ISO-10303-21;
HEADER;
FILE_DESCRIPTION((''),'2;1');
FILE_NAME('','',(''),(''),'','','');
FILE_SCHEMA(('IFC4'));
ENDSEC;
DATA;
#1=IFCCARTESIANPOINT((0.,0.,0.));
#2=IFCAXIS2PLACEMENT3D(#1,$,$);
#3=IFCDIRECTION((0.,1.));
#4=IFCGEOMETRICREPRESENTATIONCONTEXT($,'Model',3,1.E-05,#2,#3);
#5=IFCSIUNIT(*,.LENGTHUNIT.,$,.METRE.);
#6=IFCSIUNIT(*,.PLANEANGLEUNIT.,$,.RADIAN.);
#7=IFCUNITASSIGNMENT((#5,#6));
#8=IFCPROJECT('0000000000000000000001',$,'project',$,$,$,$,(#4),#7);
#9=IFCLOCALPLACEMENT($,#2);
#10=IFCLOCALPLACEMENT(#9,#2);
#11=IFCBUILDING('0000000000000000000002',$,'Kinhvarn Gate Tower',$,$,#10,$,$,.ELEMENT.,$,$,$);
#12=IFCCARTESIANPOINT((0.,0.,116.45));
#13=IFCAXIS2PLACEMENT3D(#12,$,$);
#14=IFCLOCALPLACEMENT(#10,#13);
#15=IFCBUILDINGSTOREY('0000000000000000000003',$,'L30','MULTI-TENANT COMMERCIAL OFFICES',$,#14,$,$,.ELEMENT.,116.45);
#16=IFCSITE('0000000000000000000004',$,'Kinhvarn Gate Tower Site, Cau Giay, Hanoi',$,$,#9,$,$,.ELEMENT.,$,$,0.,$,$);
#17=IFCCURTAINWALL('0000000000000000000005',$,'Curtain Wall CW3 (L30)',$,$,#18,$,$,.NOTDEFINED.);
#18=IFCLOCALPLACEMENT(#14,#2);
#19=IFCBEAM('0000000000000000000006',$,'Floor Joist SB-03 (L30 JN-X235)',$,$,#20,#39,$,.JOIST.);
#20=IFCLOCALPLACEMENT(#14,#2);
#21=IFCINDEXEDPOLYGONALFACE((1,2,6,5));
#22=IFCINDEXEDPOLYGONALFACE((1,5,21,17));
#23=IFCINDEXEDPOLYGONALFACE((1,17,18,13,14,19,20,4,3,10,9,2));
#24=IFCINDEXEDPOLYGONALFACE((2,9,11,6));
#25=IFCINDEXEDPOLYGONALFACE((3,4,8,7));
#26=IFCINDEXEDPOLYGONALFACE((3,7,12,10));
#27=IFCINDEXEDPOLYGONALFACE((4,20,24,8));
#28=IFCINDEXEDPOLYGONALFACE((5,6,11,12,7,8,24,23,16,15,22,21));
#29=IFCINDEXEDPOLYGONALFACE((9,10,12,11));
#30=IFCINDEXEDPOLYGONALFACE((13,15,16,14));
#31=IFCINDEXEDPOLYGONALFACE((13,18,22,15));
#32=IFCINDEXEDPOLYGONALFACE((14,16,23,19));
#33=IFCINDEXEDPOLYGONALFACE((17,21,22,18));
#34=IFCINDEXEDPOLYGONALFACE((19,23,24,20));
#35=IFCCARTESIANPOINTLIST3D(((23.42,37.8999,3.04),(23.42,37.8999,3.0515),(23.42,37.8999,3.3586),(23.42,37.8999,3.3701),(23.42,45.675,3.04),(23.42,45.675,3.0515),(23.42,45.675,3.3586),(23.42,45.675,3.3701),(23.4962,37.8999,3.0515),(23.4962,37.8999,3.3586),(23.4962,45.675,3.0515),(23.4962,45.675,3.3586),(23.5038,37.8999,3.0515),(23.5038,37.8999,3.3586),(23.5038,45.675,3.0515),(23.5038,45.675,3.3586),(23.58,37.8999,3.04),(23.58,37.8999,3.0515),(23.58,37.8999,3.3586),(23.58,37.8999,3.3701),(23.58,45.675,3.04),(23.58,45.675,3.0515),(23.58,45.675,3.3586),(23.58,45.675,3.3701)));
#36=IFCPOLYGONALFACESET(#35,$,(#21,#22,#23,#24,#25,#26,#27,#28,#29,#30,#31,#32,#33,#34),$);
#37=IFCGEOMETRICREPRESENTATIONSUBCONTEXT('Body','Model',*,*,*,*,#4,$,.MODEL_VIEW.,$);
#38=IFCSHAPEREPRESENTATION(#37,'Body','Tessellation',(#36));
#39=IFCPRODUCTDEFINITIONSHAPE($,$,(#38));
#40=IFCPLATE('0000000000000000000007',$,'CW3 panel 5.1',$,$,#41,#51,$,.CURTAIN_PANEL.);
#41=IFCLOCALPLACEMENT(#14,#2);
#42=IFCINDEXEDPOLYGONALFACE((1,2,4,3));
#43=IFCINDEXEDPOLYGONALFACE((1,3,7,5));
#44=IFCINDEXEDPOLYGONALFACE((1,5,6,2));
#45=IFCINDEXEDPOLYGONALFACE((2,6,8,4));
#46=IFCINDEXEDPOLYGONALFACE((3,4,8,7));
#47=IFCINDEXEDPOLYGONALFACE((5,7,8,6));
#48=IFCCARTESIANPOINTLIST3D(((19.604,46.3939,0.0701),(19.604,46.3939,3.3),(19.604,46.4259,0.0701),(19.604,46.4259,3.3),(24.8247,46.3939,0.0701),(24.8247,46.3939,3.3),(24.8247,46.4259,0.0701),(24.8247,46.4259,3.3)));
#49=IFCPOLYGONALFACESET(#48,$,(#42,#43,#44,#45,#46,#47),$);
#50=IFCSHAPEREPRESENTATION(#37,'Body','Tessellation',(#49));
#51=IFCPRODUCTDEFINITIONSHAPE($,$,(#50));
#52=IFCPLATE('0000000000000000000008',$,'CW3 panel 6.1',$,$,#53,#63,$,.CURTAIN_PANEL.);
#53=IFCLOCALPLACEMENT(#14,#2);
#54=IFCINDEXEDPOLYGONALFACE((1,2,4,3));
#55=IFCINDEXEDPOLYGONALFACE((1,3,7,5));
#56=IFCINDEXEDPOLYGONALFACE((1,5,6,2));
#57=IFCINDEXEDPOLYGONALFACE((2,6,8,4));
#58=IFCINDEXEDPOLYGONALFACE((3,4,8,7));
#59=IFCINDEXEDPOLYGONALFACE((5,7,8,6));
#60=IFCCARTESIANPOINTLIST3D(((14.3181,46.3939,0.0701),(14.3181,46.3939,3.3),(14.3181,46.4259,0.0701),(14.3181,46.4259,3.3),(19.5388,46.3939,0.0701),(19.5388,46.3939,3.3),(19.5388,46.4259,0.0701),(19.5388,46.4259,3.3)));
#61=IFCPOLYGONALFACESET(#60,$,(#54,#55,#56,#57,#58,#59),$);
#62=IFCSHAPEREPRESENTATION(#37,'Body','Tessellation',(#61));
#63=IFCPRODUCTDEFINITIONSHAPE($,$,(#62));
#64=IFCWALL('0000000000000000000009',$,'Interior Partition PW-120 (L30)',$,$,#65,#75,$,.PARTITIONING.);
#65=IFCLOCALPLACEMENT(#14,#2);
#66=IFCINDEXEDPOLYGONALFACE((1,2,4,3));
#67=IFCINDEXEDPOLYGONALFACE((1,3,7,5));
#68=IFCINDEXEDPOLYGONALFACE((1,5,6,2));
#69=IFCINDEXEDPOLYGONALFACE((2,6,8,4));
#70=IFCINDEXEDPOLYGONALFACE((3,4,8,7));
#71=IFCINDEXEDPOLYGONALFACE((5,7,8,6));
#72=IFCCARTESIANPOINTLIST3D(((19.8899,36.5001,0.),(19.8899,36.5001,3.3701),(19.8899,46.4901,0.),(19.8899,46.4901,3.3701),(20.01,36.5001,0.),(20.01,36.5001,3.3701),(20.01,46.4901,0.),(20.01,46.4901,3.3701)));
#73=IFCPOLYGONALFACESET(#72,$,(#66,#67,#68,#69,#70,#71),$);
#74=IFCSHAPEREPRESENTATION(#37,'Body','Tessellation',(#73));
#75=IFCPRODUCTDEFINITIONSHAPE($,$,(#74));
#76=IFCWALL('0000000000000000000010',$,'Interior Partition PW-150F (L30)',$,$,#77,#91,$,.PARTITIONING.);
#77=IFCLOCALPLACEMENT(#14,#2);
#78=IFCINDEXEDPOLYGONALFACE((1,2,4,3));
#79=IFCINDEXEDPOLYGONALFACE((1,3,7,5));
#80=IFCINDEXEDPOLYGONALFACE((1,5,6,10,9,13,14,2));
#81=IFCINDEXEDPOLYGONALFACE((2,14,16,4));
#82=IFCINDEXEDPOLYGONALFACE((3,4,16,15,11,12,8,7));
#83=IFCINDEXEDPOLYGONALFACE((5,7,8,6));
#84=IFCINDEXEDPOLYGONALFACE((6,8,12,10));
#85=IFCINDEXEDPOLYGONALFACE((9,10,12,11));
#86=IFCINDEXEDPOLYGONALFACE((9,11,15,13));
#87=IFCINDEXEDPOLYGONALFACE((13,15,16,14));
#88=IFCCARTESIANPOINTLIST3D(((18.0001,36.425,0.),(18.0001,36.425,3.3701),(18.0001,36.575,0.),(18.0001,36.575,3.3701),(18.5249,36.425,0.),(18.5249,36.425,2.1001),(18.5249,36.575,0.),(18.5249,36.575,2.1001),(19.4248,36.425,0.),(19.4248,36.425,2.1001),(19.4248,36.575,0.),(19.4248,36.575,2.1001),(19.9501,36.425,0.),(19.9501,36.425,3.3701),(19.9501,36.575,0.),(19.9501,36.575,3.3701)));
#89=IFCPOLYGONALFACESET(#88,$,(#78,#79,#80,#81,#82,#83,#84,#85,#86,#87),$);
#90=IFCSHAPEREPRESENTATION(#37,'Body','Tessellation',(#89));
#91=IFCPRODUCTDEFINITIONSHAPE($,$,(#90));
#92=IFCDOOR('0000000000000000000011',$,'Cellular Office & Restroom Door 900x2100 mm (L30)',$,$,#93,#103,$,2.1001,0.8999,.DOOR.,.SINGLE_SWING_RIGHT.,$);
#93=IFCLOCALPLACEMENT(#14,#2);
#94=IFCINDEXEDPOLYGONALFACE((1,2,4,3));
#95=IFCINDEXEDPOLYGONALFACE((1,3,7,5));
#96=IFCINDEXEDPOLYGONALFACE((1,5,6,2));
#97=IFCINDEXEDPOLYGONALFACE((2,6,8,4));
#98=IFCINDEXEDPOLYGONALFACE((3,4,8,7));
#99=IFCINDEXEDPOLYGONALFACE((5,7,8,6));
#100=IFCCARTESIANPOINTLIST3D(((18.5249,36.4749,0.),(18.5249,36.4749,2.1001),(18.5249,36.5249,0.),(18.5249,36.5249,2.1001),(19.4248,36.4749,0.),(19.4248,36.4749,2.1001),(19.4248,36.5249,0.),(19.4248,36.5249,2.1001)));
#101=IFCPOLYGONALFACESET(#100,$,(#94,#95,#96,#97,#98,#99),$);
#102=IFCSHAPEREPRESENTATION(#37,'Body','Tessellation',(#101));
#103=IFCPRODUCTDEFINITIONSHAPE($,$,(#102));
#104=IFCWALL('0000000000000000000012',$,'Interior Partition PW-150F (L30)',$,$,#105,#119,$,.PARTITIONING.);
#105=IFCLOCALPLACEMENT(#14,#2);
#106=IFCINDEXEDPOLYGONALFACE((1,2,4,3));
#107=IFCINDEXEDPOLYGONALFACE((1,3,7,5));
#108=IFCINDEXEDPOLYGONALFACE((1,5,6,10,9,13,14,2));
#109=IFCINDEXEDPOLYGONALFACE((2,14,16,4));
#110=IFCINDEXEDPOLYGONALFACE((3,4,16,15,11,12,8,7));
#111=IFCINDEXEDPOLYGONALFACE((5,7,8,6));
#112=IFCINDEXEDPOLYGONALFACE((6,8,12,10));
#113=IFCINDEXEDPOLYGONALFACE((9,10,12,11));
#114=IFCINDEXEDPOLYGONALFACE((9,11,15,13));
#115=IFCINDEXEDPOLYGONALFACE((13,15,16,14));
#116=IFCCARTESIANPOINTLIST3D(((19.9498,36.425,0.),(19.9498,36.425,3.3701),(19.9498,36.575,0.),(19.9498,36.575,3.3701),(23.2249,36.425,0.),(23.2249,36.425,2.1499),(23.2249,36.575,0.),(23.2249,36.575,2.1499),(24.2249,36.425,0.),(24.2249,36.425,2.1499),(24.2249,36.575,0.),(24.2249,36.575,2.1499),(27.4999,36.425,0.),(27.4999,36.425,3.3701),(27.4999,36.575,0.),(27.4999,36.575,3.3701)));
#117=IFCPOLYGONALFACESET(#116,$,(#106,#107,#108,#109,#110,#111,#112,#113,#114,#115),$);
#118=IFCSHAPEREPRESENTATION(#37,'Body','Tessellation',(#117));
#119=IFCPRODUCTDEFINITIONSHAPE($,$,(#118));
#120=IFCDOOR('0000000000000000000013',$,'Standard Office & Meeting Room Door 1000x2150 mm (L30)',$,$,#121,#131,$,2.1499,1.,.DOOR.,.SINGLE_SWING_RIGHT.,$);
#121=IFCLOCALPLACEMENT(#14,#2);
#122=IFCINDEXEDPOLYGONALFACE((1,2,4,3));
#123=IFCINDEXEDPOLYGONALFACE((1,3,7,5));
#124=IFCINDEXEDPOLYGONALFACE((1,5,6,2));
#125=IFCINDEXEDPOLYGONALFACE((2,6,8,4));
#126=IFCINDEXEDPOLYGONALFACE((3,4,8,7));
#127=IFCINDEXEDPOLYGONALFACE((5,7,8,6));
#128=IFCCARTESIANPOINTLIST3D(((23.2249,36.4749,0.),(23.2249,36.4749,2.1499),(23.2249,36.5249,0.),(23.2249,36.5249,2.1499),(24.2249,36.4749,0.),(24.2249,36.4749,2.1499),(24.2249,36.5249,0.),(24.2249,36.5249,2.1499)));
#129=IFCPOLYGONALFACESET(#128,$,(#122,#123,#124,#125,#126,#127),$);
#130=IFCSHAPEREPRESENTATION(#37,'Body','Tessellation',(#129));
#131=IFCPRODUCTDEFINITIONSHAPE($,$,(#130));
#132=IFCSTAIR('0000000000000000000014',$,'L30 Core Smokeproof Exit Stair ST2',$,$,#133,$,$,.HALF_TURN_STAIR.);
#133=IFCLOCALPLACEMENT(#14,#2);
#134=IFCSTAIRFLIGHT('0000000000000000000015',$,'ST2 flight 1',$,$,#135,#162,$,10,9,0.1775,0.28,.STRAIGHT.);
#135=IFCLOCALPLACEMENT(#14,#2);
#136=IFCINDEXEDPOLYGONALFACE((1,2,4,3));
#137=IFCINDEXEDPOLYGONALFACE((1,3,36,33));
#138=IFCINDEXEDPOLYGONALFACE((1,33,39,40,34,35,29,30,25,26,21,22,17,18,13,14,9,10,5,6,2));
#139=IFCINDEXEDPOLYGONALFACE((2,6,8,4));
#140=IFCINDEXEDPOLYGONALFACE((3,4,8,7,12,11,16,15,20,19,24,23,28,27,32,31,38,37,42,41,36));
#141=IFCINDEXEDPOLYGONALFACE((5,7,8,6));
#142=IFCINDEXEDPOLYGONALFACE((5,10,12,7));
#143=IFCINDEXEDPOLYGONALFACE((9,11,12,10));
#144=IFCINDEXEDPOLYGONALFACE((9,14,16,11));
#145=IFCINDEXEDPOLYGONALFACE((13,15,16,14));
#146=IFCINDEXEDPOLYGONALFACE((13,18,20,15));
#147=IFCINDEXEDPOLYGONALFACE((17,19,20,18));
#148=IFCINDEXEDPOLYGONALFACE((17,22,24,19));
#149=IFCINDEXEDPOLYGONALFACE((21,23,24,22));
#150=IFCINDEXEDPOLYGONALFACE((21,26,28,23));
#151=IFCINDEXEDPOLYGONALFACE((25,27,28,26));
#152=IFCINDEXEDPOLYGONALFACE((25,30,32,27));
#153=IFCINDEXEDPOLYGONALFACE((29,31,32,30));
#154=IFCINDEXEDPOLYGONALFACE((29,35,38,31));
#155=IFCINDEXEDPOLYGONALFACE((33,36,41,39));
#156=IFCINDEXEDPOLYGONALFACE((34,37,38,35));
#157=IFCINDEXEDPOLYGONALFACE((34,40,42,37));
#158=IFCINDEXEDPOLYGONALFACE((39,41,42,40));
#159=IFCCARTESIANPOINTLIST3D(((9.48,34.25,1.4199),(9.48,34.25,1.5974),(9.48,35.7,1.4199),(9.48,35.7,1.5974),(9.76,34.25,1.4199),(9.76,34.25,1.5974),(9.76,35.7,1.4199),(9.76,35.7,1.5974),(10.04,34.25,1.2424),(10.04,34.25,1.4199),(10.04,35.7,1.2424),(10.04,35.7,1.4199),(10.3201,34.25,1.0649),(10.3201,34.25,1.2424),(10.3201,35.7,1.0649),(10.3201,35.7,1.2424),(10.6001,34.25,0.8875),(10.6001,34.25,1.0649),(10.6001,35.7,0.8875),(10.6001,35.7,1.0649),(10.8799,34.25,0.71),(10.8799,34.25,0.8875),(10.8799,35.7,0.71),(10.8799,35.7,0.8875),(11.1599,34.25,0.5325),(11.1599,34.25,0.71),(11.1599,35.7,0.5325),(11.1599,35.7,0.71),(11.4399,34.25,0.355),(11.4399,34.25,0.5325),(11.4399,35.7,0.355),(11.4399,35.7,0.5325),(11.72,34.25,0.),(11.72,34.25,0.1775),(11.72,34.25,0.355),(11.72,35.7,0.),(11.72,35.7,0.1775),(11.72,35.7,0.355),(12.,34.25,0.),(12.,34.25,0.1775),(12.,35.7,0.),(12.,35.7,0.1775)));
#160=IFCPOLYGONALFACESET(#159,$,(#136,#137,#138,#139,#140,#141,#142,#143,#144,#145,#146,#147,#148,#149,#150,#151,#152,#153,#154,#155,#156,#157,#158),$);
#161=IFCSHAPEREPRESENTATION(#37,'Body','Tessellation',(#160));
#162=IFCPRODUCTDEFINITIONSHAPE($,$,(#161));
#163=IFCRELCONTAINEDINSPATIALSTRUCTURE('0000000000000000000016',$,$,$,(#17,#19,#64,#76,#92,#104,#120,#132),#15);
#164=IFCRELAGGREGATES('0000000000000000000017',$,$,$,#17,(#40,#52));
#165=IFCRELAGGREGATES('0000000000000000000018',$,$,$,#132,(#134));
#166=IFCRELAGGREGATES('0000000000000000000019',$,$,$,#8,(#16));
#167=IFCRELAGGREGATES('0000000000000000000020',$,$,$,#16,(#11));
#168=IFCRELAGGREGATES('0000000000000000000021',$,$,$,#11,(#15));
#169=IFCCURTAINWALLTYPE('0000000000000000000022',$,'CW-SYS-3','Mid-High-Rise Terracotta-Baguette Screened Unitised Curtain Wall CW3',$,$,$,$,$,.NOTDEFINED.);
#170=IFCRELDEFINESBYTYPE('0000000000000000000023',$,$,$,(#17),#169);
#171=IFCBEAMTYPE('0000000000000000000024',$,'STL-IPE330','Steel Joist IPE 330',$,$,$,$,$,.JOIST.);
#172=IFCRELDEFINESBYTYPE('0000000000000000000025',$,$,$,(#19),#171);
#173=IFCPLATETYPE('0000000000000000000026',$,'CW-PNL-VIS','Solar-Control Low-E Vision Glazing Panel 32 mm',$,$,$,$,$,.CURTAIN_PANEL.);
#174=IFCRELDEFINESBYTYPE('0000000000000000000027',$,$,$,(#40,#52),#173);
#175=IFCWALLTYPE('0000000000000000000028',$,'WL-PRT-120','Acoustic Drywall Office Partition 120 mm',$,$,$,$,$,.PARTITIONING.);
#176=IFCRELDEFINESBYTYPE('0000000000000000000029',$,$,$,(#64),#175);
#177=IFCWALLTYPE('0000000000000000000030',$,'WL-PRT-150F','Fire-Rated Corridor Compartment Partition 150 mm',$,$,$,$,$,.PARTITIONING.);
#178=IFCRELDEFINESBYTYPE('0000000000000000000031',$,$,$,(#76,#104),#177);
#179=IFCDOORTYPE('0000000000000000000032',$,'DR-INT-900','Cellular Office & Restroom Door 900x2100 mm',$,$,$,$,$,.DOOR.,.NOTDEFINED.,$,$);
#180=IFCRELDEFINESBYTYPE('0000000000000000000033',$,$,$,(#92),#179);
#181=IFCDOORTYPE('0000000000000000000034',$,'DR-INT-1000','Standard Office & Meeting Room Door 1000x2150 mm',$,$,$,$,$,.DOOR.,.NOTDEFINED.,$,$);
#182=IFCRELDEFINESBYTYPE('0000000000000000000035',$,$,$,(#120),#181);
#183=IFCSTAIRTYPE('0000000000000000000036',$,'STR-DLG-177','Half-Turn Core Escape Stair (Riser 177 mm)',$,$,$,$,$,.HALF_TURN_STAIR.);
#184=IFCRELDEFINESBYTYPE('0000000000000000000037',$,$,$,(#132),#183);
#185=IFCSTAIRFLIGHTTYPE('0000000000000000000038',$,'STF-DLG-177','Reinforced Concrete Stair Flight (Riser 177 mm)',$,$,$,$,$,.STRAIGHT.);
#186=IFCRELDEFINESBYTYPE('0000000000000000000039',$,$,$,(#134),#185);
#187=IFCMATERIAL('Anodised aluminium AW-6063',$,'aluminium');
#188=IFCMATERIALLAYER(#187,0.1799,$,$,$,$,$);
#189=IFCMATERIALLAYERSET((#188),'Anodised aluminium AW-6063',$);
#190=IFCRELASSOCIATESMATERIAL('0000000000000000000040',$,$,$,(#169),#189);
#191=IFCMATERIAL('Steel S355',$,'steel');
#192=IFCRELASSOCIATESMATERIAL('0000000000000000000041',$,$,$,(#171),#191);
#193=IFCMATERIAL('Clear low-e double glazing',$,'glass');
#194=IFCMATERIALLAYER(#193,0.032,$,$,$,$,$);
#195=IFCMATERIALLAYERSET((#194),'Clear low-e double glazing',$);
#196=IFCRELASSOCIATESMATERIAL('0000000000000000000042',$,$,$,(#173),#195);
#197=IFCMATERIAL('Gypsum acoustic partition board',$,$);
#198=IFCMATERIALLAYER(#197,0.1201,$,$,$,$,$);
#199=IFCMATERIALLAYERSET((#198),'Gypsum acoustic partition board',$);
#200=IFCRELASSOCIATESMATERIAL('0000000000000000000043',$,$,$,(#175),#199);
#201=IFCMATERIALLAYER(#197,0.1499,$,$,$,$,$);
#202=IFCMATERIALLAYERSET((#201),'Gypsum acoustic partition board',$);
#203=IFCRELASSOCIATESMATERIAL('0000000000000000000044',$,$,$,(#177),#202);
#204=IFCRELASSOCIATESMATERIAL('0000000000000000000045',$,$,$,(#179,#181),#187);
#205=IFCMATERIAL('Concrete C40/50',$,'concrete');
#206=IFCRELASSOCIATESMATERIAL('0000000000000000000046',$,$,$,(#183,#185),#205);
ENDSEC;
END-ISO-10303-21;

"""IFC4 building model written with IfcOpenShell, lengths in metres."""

from ifc_helpers import new_model, si_unit, direction, frame, frame_2d, origin, origin_2d, place, context, subcontext, project, spatial, polyline, rectangle, i_section, outline, extrude, material, layer, layer_set, material_profile, profile_set, type_object, element, fill, aggregate, save


model = new_model("IFC4")

# Units and contexts
model_context = context("Model", 3, precision=1e-05, world=origin(), true_north=direction((0.0, 1.0)))
body_context = subcontext(model_context, "Body", "Model", "MODEL_VIEW")
ifc_project = project(units=[si_unit("LENGTHUNIT", "METRE"), si_unit("PLANEANGLEUNIT", "RADIAN")], contexts=[model_context])

# Site, building, storey
site_placement = place(None, origin())
site = spatial("IfcSite", under=ifc_project, at=site_placement, Name="Kinhvarn Gate Tower Site, Cau Giay, Hanoi", CompositionType="ELEMENT", RefElevation=0.0)
building_placement = place(site_placement, origin())
building = spatial("IfcBuilding", under=site, at=building_placement, Name="Kinhvarn Gate Tower", CompositionType="ELEMENT")
storey_placement = place(building_placement, frame((0.0, 0.0, 116.45)))
storey = spatial("IfcBuildingStorey", under=building, at=storey_placement, Name="L30", Description="MULTI-TENANT COMMERCIAL OFFICES", CompositionType="ELEMENT", Elevation=116.45)

# Curtain wall
ifc_material_1 = material(Name="Anodised aluminium AW-6063", Category="aluminium")
ifc_layer_1 = layer(ifc_material_1, 0.1799)
ifc_layer_set_1 = layer_set([ifc_layer_1], Name="Anodised aluminium AW-6063")
curtain_wall_type = type_object("IfcCurtainWallType", Name="CW-SYS-3", Description="Mid-High-Rise Terracotta-Baguette Screened Unitised Curtain Wall CW3", PredefinedType="NOTDEFINED", material=ifc_layer_set_1)
curtain_wall_placement = place(storey_placement, origin())
curtain_wall = element("IfcCurtainWall", 1, at=curtain_wall_placement, inside=storey, type_object=curtain_wall_type, Name="Curtain Wall CW3 (L30)", PredefinedType="NOTDEFINED")

# Beam
ifc_material_2 = material(Name="Steel S355", Category="steel")
ifc_material_profile_1 = material_profile(ifc_material_2, i_section(OverallWidth=0.1599, OverallDepth=0.3301, WebThickness=0.0076, FlangeThickness=0.0115, at=origin_2d()), Name="IPE 330")
ifc_profile_set_1 = profile_set([ifc_material_profile_1], Name="Steel S355")
beam_type_1 = type_object("IfcBeamType", Name="STL-IPE330", Description="Steel Joist IPE 330", PredefinedType="JOIST", material=ifc_profile_set_1)
for number, where, z_axis, x_axis, name in (
    (2, (23.5, 37.8999, 3.2051), (0.0, 1.0, 0.0), (-1.0, 0.0, 0.0), "Floor Joist SB-03 (L30 JN-X235)"),
):
    element("IfcBeam", number, at=place(storey_placement, frame(where, z_axis=z_axis, x_axis=x_axis)), inside=storey, type_object=beam_type_1, Name=name, PredefinedType="JOIST", context=body_context, shape_type="SweptSolid", body=[
        extrude(i_section(OverallWidth=0.1599, OverallDepth=0.3301, WebThickness=0.0076, FlangeThickness=0.0115, at=origin_2d()), origin(), (0.0, 0.0, 1.0), 7.7751),
    ])

# Plates
ifc_material_3 = material(Name="Clear low-e double glazing", Category="glass")
ifc_layer_2 = layer(ifc_material_3, 0.032)
ifc_layer_set_2 = layer_set([ifc_layer_2], Name="Clear low-e double glazing")
plate_type = type_object("IfcPlateType", Name="CW-PNL-VIS", Description="Solar-Control Low-E Vision Glazing Panel 32 mm", PredefinedType="CURTAIN_PANEL", material=ifc_layer_set_2)
plate_1_placement = place(storey_placement, frame((22.2144, 46.4099, 0.0701), z_axis=(0.0, 0.0, 1.0), x_axis=(-1.0, 0.0, 0.0)))
plate_1 = element("IfcPlate", 3, at=plate_1_placement, type_object=plate_type, Name="CW3 panel 5.1", PredefinedType="CURTAIN_PANEL", context=body_context, shape_type="SweptSolid", body=[
    extrude(rectangle(XDim=5.2207, YDim=0.032, at=origin_2d()), origin(), (0.0, 0.0, 1.0), 3.23),
])
plate_2_placement = place(storey_placement, frame((16.9285, 46.4099, 0.0701), z_axis=(0.0, 0.0, 1.0), x_axis=(-1.0, 0.0, 0.0)))
plate_2 = element("IfcPlate", 4, at=plate_2_placement, type_object=plate_type, Name="CW3 panel 6.1", PredefinedType="CURTAIN_PANEL", context=body_context, shape_type="SweptSolid", body=[
    extrude(rectangle(XDim=5.2207, YDim=0.032, at=origin_2d()), origin(), (0.0, 0.0, 1.0), 3.23),
])
aggregate(curtain_wall, [plate_1, plate_2])

# Wall
ifc_material_4 = material(Name="Gypsum acoustic partition board")
ifc_layer_3 = layer(ifc_material_4, 0.1201)
ifc_layer_set_3 = layer_set([ifc_layer_3], Name="Gypsum acoustic partition board")
wall_type_1 = type_object("IfcWallType", Name="WL-PRT-120", Description="Acoustic Drywall Office Partition 120 mm", PredefinedType="PARTITIONING", material=ifc_layer_set_3)
wall_1_placement = place(storey_placement, frame((19.95, 36.5, 0.0), z_axis=(0.0, 0.0, 1.0), x_axis=(0.0, 1.0, 0.0)))
element("IfcWall", 5, at=wall_1_placement, inside=storey, type_object=wall_type_1, Name="Interior Partition PW-120 (L30)", PredefinedType="PARTITIONING", context=body_context, shape_type="SweptSolid", body=[
    extrude(rectangle(XDim=9.99, YDim=0.1201, at=frame_2d((4.9951, 0.0))), origin(), (0.0, 0.0, 1.0), 3.3701),
])

# Walls, openings, doors
ifc_layer_4 = layer(ifc_material_4, 0.1499)
ifc_layer_set_4 = layer_set([ifc_layer_4], Name="Gypsum acoustic partition board")
wall_type_2 = type_object("IfcWallType", Name="WL-PRT-150F", Description="Fire-Rated Corridor Compartment Partition 150 mm", PredefinedType="PARTITIONING", material=ifc_layer_set_4)
wall_2_placement = place(storey_placement, frame((18.0, 36.5, 0.0), z_axis=(0.0, 0.0, 1.0), x_axis=(1.0, 0.0, 0.0)))
wall_2 = element("IfcWall", 6, at=wall_2_placement, inside=storey, type_object=wall_type_2, Name="Interior Partition PW-150F (L30)", PredefinedType="PARTITIONING", context=body_context, shape_type="SweptSolid", body=[
    extrude(rectangle(XDim=1.95, YDim=0.1499, at=frame_2d((0.9751, 0.0))), origin(), (0.0, 0.0, 1.0), 3.3701),
])
opening_1_placement = place(wall_2_placement, frame((0.5249, 0.0, 0.0)))
opening_1 = element("IfcOpeningElement", 7, at=opening_1_placement, cuts=wall_2, PredefinedType="OPENING", context=body_context, shape_type="SweptSolid", body=[
    extrude(rectangle(XDim=0.8999, YDim=2.1001, at=frame_2d((0.45, 1.05))), frame((0.0, 0.085, 0.0), z_axis=(0.0, -1.0, 0.0), x_axis=(1.0, 0.0, 0.0)), (0.0, 0.0, 1.0), 0.1699),
])
door_type_1 = type_object("IfcDoorType", Name="DR-INT-900", Description="Cellular Office & Restroom Door 900x2100 mm", OperationType="NOTDEFINED", PredefinedType="DOOR", material=ifc_material_1)
door_1_placement = place(opening_1_placement, origin())
door_1 = element("IfcDoor", 8, at=door_1_placement, inside=storey, type_object=door_type_1, Name="Cellular Office & Restroom Door 900x2100 mm (L30)", OperationType="SINGLE_SWING_RIGHT", OverallHeight=2.1001, OverallWidth=0.8999, PredefinedType="DOOR", context=body_context, shape_type="SweptSolid", body=[
    extrude(rectangle(XDim=0.8999, YDim=2.1001, at=frame_2d((0.45, 1.05))), frame((0.0, 0.0249, 0.0), z_axis=(0.0, -1.0, 0.0), x_axis=(1.0, 0.0, 0.0)), (0.0, 0.0, 1.0), 0.05),
])
fill(opening_1, door_1)
door_type_2 = type_object("IfcDoorType", Name="DR-INT-1000", Description="Standard Office & Meeting Room Door 1000x2150 mm", OperationType="NOTDEFINED", PredefinedType="DOOR", material=ifc_material_1)
wall_3_placement = place(storey_placement, frame((19.95, 36.5, 0.0), z_axis=(0.0, 0.0, 1.0), x_axis=(1.0, 0.0, 0.0)))
wall_3 = element("IfcWall", 9, at=wall_3_placement, inside=storey, type_object=wall_type_2, Name="Interior Partition PW-150F (L30)", PredefinedType="PARTITIONING", context=body_context, shape_type="SweptSolid", body=[
    extrude(rectangle(XDim=7.55, YDim=0.1499, at=frame_2d((3.7749, 0.0))), origin(), (0.0, 0.0, 1.0), 3.3701),
])
opening_2_placement = place(wall_3_placement, frame((3.2749, 0.0, 0.0)))
opening_2 = element("IfcOpeningElement", 10, at=opening_2_placement, cuts=wall_3, PredefinedType="OPENING", context=body_context, shape_type="SweptSolid", body=[
    extrude(rectangle(XDim=1.0, YDim=2.1499, at=frame_2d((0.5, 1.075))), frame((0.0, 0.085, 0.0), z_axis=(0.0, -1.0, 0.0), x_axis=(1.0, 0.0, 0.0)), (0.0, 0.0, 1.0), 0.1699),
])
door_2_placement = place(opening_2_placement, origin())
door_2 = element("IfcDoor", 11, at=door_2_placement, inside=storey, type_object=door_type_2, Name="Standard Office & Meeting Room Door 1000x2150 mm (L30)", OperationType="SINGLE_SWING_RIGHT", OverallHeight=2.1499, OverallWidth=1.0, PredefinedType="DOOR", context=body_context, shape_type="SweptSolid", body=[
    extrude(rectangle(XDim=1.0, YDim=2.1499, at=frame_2d((0.5, 1.075))), frame((0.0, 0.0249, 0.0), z_axis=(0.0, -1.0, 0.0), x_axis=(1.0, 0.0, 0.0)), (0.0, 0.0, 1.0), 0.05),
])
fill(opening_2, door_2)
ifc_material_5 = material(Name="Concrete C40/50", Category="concrete")

# Stair, stair flight
stair_type = type_object("IfcStairType", Name="STR-DLG-177", Description="Half-Turn Core Escape Stair (Riser 177 mm)", PredefinedType="HALF_TURN_STAIR", material=ifc_material_5)
stair_placement = place(storey_placement, origin())
stair = element("IfcStair", 12, at=stair_placement, inside=storey, type_object=stair_type, Name="L30 Core Smokeproof Exit Stair ST2", PredefinedType="HALF_TURN_STAIR")
stair_flight_type = type_object("IfcStairFlightType", Name="STF-DLG-177", Description="Reinforced Concrete Stair Flight (Riser 177 mm)", PredefinedType="STRAIGHT", material=ifc_material_5)
stair_flight_placement = place(storey_placement, frame((12.0, 34.9751, 0.0), z_axis=(0.0, 0.0, 1.0), x_axis=(-1.0, 0.0, 0.0)))
stair_flight = element("IfcStairFlight", 13, at=stair_flight_placement, type_object=stair_flight_type, Name="ST2 flight 1", NumberOfRisers=10, NumberOfTreads=9, PredefinedType="STRAIGHT", RiserHeight=0.1775, TreadLength=0.28, context=body_context, shape_type="SweptSolid", body=[
    extrude(outline(polyline([(0.0, 0.0), (0.0, 0.1775), (0.28, 0.1775), (0.28, 0.355), (0.5601, 0.355), (0.5601, 0.5325), (0.8401, 0.5325), (0.8401, 0.71), (1.1201, 0.71), (1.1201, 0.8875), (1.3999, 0.8875), (1.3999, 1.0649), (1.6799, 1.0649), (1.6799, 1.2424), (1.96, 1.2424), (1.96, 1.4199), (2.24, 1.4199), (2.24, 1.5974), (2.52, 1.5974), (2.52, 1.7749), (2.52, 1.4199), (0.28, 0.0), (0.0, 0.0)])), frame((0.0, 0.7251, 0.0), z_axis=(0.0, -1.0, 0.0), x_axis=(1.0, 0.0, 0.0)), (0.0, 0.0, 1.0), 1.45),
])
aggregate(stair, [stair_flight])

save(model, "model.ifc")
